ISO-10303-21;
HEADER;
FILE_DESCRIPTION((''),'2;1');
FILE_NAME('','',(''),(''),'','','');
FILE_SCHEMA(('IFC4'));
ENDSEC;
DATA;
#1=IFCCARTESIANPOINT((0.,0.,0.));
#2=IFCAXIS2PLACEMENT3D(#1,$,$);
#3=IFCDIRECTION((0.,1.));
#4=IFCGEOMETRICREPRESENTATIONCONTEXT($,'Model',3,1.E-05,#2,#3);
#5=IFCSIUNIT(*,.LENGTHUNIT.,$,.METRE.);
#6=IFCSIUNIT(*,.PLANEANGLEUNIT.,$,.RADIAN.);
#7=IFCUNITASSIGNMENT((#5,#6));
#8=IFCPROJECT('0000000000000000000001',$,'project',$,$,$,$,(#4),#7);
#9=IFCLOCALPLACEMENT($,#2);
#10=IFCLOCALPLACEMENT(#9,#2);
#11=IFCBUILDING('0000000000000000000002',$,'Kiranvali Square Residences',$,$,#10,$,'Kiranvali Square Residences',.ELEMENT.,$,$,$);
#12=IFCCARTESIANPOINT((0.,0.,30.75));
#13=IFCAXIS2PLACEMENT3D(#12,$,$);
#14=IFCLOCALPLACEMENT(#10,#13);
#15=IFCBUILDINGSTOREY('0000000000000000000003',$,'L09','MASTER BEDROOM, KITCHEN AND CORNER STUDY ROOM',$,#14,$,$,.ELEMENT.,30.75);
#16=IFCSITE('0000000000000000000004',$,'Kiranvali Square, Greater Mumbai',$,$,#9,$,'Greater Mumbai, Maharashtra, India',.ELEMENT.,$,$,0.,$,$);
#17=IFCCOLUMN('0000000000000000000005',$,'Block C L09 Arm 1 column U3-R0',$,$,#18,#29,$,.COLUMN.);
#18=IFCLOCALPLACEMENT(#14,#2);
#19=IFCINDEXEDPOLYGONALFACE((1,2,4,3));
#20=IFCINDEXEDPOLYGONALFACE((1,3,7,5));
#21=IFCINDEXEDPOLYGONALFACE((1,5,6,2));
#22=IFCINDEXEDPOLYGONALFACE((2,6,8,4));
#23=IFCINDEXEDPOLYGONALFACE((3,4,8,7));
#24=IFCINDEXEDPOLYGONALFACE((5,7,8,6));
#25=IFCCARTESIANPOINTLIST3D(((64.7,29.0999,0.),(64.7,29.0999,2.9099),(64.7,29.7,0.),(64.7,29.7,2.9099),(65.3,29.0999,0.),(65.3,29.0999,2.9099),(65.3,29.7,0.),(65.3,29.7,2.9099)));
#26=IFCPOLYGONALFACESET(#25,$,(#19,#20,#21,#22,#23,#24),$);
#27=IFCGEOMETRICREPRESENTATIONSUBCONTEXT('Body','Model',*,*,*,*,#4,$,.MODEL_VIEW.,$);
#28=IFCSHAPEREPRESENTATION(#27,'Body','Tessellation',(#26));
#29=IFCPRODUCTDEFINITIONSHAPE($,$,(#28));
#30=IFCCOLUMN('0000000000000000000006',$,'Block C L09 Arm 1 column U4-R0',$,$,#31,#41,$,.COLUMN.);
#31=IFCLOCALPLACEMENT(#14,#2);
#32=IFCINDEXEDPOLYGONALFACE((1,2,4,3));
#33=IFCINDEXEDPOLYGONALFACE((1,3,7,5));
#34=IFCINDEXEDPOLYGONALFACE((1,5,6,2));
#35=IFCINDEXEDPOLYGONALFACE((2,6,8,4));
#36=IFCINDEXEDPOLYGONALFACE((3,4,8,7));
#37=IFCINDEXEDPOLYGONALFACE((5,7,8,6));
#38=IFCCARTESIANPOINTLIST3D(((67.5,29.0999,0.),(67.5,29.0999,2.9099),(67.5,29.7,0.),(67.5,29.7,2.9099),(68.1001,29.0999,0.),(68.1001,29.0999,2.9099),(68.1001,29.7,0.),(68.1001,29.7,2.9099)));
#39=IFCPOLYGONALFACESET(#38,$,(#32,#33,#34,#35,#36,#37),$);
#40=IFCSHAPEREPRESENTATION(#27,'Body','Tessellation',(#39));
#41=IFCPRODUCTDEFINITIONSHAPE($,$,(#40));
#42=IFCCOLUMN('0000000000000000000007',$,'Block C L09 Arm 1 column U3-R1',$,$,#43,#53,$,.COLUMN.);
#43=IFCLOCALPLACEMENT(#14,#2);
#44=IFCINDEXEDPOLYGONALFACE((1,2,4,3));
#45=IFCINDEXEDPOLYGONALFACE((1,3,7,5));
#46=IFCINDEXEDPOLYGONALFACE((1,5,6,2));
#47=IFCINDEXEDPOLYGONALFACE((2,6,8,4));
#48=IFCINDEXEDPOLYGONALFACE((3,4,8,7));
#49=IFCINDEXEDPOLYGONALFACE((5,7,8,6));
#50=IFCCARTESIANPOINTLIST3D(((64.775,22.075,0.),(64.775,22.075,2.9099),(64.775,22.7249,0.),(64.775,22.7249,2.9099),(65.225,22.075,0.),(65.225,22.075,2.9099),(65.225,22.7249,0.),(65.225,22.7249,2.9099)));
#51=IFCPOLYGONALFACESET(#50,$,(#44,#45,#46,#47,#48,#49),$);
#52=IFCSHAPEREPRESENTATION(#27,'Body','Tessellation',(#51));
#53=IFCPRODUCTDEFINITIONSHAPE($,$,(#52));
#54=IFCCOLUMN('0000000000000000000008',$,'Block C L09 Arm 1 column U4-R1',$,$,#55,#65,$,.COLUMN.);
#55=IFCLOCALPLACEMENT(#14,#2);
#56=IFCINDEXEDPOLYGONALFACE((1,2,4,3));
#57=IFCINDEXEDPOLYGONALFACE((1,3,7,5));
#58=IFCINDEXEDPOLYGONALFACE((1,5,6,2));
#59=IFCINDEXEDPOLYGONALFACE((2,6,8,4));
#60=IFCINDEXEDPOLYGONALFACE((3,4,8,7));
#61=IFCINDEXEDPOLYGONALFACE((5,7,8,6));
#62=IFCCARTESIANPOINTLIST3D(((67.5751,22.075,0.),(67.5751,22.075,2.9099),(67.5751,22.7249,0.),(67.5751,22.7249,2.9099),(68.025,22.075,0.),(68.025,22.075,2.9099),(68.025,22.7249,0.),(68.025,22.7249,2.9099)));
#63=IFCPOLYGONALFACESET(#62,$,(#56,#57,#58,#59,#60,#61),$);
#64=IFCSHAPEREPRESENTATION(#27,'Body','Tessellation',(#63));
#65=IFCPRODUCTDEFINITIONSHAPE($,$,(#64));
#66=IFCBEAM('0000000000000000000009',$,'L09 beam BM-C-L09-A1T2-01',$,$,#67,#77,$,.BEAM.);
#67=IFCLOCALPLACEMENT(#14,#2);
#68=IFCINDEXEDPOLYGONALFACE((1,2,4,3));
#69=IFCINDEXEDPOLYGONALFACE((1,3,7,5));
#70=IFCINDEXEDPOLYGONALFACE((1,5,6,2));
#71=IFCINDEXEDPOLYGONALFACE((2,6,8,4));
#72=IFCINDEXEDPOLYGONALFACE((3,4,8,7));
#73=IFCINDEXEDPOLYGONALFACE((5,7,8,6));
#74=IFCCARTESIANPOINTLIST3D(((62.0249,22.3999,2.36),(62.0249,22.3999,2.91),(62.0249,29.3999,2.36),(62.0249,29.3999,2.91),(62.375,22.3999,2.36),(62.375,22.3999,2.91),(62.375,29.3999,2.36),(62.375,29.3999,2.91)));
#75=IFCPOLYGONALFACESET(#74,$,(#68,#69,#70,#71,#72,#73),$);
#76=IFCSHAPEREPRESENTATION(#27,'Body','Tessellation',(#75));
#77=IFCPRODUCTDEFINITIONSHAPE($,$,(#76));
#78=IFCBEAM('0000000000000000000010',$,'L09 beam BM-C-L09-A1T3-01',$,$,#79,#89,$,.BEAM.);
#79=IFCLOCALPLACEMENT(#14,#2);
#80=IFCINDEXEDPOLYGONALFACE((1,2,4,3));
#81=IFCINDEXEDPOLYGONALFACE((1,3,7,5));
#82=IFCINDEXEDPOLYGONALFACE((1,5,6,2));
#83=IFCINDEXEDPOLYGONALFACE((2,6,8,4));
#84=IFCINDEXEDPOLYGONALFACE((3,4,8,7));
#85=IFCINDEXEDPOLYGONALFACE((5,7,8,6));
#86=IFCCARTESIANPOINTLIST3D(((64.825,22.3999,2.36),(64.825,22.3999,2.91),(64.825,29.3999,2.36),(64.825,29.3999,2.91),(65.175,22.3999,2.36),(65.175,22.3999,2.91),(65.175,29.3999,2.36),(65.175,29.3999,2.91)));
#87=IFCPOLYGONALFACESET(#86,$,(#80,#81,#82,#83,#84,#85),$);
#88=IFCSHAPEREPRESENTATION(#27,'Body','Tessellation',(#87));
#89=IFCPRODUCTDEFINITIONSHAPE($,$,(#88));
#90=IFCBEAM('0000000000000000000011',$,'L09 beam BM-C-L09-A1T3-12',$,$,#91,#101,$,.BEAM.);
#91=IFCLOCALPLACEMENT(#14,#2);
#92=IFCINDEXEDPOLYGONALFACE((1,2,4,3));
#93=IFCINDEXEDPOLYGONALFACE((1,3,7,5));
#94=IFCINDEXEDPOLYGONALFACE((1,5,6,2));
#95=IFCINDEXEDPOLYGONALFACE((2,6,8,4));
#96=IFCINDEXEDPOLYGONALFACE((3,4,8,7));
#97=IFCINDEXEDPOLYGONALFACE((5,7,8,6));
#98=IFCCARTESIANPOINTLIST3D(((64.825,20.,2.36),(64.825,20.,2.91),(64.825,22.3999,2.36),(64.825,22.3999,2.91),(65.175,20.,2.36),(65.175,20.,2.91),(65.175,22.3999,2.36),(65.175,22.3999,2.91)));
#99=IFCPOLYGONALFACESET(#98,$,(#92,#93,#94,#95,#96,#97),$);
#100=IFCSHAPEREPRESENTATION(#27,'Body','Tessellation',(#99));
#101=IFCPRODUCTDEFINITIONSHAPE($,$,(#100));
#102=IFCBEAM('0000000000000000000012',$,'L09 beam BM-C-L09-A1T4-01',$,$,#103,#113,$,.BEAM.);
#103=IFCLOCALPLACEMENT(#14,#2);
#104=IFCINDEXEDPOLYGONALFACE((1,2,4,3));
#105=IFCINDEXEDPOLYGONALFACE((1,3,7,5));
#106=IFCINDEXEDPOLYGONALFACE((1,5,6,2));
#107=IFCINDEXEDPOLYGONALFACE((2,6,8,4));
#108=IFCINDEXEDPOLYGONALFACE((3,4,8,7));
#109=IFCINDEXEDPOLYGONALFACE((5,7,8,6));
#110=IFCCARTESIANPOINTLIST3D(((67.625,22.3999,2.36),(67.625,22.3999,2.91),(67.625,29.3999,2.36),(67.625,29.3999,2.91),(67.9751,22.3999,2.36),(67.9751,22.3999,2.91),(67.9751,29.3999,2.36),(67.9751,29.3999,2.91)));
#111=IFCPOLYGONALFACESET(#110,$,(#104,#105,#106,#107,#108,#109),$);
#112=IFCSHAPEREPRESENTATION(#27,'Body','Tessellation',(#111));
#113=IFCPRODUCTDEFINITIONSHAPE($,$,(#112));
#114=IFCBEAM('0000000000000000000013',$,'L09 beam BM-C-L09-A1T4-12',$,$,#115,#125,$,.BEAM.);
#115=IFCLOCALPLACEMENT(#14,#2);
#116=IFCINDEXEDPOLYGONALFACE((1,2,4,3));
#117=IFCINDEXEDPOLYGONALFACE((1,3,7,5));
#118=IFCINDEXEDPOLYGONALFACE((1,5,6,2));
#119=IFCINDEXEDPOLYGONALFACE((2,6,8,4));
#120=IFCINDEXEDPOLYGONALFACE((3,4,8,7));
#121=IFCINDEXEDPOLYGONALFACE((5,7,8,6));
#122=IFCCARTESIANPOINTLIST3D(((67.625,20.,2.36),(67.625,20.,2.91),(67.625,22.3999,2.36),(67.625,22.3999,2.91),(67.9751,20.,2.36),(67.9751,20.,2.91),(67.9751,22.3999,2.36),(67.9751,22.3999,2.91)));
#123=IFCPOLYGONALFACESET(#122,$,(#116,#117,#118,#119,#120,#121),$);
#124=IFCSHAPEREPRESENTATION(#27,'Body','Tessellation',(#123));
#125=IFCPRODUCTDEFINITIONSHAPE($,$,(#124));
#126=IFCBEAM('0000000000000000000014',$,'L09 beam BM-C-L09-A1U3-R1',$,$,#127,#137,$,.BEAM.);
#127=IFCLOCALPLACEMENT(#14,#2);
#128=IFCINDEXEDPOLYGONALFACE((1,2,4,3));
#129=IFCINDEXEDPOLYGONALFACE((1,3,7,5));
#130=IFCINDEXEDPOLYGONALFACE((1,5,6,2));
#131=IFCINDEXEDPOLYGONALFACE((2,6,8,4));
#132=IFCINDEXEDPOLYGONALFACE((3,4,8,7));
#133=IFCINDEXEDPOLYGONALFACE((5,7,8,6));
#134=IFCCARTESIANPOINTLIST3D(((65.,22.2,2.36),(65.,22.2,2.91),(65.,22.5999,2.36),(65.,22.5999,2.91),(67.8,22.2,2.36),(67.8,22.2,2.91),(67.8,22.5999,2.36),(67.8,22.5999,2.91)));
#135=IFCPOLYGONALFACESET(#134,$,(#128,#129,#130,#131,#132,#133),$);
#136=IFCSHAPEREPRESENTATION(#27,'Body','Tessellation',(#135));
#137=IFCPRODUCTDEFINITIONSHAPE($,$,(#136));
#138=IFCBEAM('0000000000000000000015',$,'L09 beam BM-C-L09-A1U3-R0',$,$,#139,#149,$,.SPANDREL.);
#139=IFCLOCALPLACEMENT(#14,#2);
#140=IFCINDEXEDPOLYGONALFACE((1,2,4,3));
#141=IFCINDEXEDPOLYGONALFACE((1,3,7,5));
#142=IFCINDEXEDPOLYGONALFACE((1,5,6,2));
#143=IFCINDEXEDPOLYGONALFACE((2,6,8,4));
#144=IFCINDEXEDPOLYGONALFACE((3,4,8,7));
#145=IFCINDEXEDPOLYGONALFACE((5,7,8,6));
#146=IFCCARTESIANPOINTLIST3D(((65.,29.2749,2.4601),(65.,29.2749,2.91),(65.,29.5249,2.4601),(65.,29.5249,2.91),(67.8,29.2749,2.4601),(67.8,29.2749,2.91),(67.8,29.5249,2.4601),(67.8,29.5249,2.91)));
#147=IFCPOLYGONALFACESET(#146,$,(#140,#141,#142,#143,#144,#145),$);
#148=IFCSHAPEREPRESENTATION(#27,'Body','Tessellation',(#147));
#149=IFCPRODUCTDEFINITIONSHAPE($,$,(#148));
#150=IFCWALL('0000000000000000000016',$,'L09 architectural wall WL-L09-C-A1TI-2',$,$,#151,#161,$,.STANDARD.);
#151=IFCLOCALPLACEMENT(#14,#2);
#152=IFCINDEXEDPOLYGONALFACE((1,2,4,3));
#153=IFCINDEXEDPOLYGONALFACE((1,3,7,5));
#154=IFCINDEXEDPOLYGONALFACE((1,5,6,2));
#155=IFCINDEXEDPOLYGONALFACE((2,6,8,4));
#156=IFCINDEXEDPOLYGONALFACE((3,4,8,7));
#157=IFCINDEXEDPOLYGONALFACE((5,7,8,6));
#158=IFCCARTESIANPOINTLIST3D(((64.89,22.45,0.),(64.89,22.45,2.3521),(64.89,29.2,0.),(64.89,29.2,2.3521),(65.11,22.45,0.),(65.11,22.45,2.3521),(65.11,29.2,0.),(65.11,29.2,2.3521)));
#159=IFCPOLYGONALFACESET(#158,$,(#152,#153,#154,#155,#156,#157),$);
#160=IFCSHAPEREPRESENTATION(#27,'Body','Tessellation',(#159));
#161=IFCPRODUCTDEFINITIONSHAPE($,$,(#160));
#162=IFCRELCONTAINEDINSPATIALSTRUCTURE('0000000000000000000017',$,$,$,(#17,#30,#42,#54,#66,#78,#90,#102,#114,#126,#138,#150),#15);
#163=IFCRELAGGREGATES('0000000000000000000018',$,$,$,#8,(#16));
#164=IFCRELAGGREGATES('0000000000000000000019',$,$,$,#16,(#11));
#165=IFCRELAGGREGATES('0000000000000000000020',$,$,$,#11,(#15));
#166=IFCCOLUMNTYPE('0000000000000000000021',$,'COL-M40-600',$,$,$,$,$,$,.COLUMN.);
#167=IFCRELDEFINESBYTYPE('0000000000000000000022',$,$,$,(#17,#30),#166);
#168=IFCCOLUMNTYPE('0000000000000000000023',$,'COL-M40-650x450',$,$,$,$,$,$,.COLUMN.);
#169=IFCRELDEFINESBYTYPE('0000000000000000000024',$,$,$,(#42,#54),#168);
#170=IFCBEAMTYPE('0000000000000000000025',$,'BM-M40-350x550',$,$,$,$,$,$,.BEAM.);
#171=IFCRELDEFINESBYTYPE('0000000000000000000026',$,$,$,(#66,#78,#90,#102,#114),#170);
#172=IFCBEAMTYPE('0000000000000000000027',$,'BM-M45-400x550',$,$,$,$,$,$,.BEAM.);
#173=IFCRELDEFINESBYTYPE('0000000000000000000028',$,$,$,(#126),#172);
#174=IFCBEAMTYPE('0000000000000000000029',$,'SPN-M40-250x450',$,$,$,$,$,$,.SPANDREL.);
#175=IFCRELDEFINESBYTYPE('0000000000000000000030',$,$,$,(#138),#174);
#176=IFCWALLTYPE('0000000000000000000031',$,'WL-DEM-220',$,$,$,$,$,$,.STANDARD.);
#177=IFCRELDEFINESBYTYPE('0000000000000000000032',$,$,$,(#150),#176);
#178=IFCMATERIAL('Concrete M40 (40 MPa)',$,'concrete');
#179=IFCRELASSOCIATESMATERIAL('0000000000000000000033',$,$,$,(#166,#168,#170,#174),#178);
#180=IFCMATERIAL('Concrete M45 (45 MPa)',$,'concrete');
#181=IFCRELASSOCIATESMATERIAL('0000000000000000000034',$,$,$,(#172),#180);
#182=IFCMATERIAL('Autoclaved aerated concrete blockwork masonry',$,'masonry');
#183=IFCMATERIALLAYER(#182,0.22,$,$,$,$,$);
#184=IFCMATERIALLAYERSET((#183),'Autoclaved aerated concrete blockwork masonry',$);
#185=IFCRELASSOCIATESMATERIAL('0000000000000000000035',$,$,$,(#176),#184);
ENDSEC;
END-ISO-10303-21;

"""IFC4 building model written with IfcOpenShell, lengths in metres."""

from ifc_helpers import new_model, si_unit, direction, frame, frame_2d, origin, origin_2d, place, context, subcontext, project, spatial, rectangle, extrude, material, layer, layer_set, material_profile, profile_set, type_object, element, save


model = new_model("IFC4")

# Units and contexts
model_context = context("Model", 3, precision=1e-05, world=origin(), true_north=direction((0.0, 1.0)))
body_context = subcontext(model_context, "Body", "Model", "MODEL_VIEW")
ifc_project = project(units=[si_unit("LENGTHUNIT", "METRE"), si_unit("PLANEANGLEUNIT", "RADIAN")], contexts=[model_context])

# Site, building, storey
site_placement = place(None, origin())
site = spatial("IfcSite", under=ifc_project, at=site_placement, Name="Kiranvali Square, Greater Mumbai", LongName="Greater Mumbai, Maharashtra, India", CompositionType="ELEMENT", RefElevation=0.0)
building_placement = place(site_placement, origin())
building = spatial("IfcBuilding", under=site, at=building_placement, Name="Kiranvali Square Residences", LongName="Kiranvali Square Residences", CompositionType="ELEMENT")
storey_placement = place(building_placement, frame((0.0, 0.0, 30.75)))
storey = spatial("IfcBuildingStorey", under=building, at=storey_placement, Name="L09", Description="MASTER BEDROOM, KITCHEN AND CORNER STUDY ROOM", CompositionType="ELEMENT", Elevation=30.75)

# Columns
ifc_material_1 = material(Name="Concrete M40 (40 MPa)", Category="concrete")
ifc_material_profile_1 = material_profile(ifc_material_1, rectangle(XDim=0.6001, YDim=0.6001, at=origin_2d()), Name="RC 600x600")
ifc_profile_set_1 = profile_set([ifc_material_profile_1], Name="Concrete M40 (40 MPa)")
column_type_1 = type_object("IfcColumnType", Name="COL-M40-600", PredefinedType="COLUMN", material=ifc_profile_set_1)
for number, where, z_axis, x_axis, name in (
    (1, (65.0, 29.3999, 0.0), (0.0, 0.0, 1.0), (1.0, 0.0, 0.0), "Block C L09 Arm 1 column U3-R0"),
    (2, (67.8, 29.3999, 0.0), (0.0, 0.0, 1.0), (1.0, 0.0, 0.0), "Block C L09 Arm 1 column U4-R0"),
):
    element("IfcColumn", number, at=place(storey_placement, frame(where, z_axis=z_axis, x_axis=x_axis)), inside=storey, type_object=column_type_1, Name=name, PredefinedType="COLUMN", context=body_context, shape_type="SweptSolid", body=[
        extrude(rectangle(XDim=0.6001, YDim=0.6001, at=origin_2d()), origin(), (0.0, 0.0, 1.0), 2.9099),
    ])
ifc_material_profile_2 = material_profile(ifc_material_1, rectangle(XDim=0.45, YDim=0.6499, at=origin_2d()), Name="RC 650x450")
ifc_profile_set_2 = profile_set([ifc_material_profile_2], Name="Concrete M40 (40 MPa)")
column_type_2 = type_object("IfcColumnType", Name="COL-M40-650x450", PredefinedType="COLUMN", material=ifc_profile_set_2)
for number, where, z_axis, x_axis, name in (
    (3, (65.0, 22.3999, 0.0), (0.0, 0.0, 1.0), (1.0, 0.0, 0.0), "Block C L09 Arm 1 column U3-R1"),
    (4, (67.8, 22.3999, 0.0), (0.0, 0.0, 1.0), (1.0, 0.0, 0.0), "Block C L09 Arm 1 column U4-R1"),
):
    element("IfcColumn", number, at=place(storey_placement, frame(where, z_axis=z_axis, x_axis=x_axis)), inside=storey, type_object=column_type_2, Name=name, PredefinedType="COLUMN", context=body_context, shape_type="SweptSolid", body=[
        extrude(rectangle(XDim=0.45, YDim=0.6499, at=origin_2d()), origin(), (0.0, 0.0, 1.0), 2.9099),
    ])

# Beams
ifc_material_profile_3 = material_profile(ifc_material_1, rectangle(XDim=0.3501, YDim=0.55, at=origin_2d()), Name="RC 350x550")
ifc_profile_set_3 = profile_set([ifc_material_profile_3], Name="Concrete M40 (40 MPa)")
beam_type_1 = type_object("IfcBeamType", Name="BM-M40-350x550", PredefinedType="BEAM", material=ifc_profile_set_3)
for number, where, z_axis, x_axis, name in (
    (5, (62.2, 29.3999, 2.635), (0.0, -1.0, 0.0), (1.0, 0.0, 0.0), "L09 beam BM-C-L09-A1T2-01"),
    (6, (65.0, 29.3999, 2.635), (0.0, -1.0, 0.0), (1.0, 0.0, 0.0), "L09 beam BM-C-L09-A1T3-01"),
):
    element("IfcBeam", number, at=place(storey_placement, frame(where, z_axis=z_axis, x_axis=x_axis)), inside=storey, type_object=beam_type_1, Name=name, PredefinedType="BEAM", context=body_context, shape_type="SweptSolid", body=[
        extrude(rectangle(XDim=0.3501, YDim=0.55, at=origin_2d()), origin(), (0.0, 0.0, 1.0), 7.0),
    ])
beam_1_placement = place(storey_placement, frame((65.0, 22.3999, 2.635), z_axis=(0.0, -1.0, 0.0), x_axis=(1.0, 0.0, 0.0)))
element("IfcBeam", 7, at=beam_1_placement, inside=storey, type_object=beam_type_1, Name="L09 beam BM-C-L09-A1T3-12", PredefinedType="BEAM", context=body_context, shape_type="SweptSolid", body=[
    extrude(rectangle(XDim=0.3501, YDim=0.55, at=origin_2d()), origin(), (0.0, 0.0, 1.0), 2.3999),
])
beam_2_placement = place(storey_placement, frame((67.8, 29.3999, 2.635), z_axis=(0.0, -1.0, 0.0), x_axis=(1.0, 0.0, 0.0)))
element("IfcBeam", 8, at=beam_2_placement, inside=storey, type_object=beam_type_1, Name="L09 beam BM-C-L09-A1T4-01", PredefinedType="BEAM", context=body_context, shape_type="SweptSolid", body=[
    extrude(rectangle(XDim=0.3501, YDim=0.55, at=origin_2d()), origin(), (0.0, 0.0, 1.0), 7.0),
])
beam_3_placement = place(storey_placement, frame((67.8, 22.3999, 2.635), z_axis=(0.0, -1.0, 0.0), x_axis=(1.0, 0.0, 0.0)))
element("IfcBeam", 9, at=beam_3_placement, inside=storey, type_object=beam_type_1, Name="L09 beam BM-C-L09-A1T4-12", PredefinedType="BEAM", context=body_context, shape_type="SweptSolid", body=[
    extrude(rectangle(XDim=0.3501, YDim=0.55, at=origin_2d()), origin(), (0.0, 0.0, 1.0), 2.3999),
])
ifc_material_2 = material(Name="Concrete M45 (45 MPa)", Category="concrete")
ifc_material_profile_4 = material_profile(ifc_material_2, rectangle(XDim=0.3999, YDim=0.55, at=origin_2d()), Name="RC 400x550")
ifc_profile_set_4 = profile_set([ifc_material_profile_4], Name="Concrete M45 (45 MPa)")
beam_type_2 = type_object("IfcBeamType", Name="BM-M45-400x550", PredefinedType="BEAM", material=ifc_profile_set_4)
beam_4_placement = place(storey_placement, frame((65.0, 22.3999, 2.635), z_axis=(1.0, 0.0, 0.0), x_axis=(0.0, 1.0, 0.0)))
element("IfcBeam", 10, at=beam_4_placement, inside=storey, type_object=beam_type_2, Name="L09 beam BM-C-L09-A1U3-R1", PredefinedType="BEAM", context=body_context, shape_type="SweptSolid", body=[
    extrude(rectangle(XDim=0.3999, YDim=0.55, at=origin_2d()), origin(), (0.0, 0.0, 1.0), 2.8),
])
ifc_material_profile_5 = material_profile(ifc_material_1, rectangle(XDim=0.25, YDim=0.45, at=origin_2d()), Name="RC 250x450")
ifc_profile_set_5 = profile_set([ifc_material_profile_5], Name="Concrete M40 (40 MPa)")
beam_type_3 = type_object("IfcBeamType", Name="SPN-M40-250x450", PredefinedType="SPANDREL", material=ifc_profile_set_5)
beam_5_placement = place(storey_placement, frame((65.0, 29.3999, 2.6851), z_axis=(1.0, 0.0, 0.0), x_axis=(0.0, 1.0, 0.0)))
element("IfcBeam", 11, at=beam_5_placement, inside=storey, type_object=beam_type_3, Name="L09 beam BM-C-L09-A1U3-R0", PredefinedType="SPANDREL", context=body_context, shape_type="SweptSolid", body=[
    extrude(rectangle(XDim=0.25, YDim=0.45, at=origin_2d()), origin(), (0.0, 0.0, 1.0), 2.8),
])

# Shared definitions
ifc_material_3 = material(Name="Autoclaved aerated concrete blockwork masonry", Category="masonry")

# Wall
ifc_layer_1 = layer(ifc_material_3, 0.22)
ifc_layer_set_1 = layer_set([ifc_layer_1], Name="Autoclaved aerated concrete blockwork masonry")
wall_type_1 = type_object("IfcWallType", Name="WL-DEM-220", PredefinedType="STANDARD", material=ifc_layer_set_1)
wall_1_placement = place(storey_placement, frame((65.0, 29.2, 0.0), z_axis=(0.0, 0.0, 1.0), x_axis=(0.0, -1.0, 0.0)))
element("IfcWall", 12, at=wall_1_placement, inside=storey, type_object=wall_type_1, Name="L09 architectural wall WL-L09-C-A1TI-2", PredefinedType="STANDARD", context=body_context, shape_type="SweptSolid", body=[
    extrude(rectangle(XDim=6.75, YDim=0.22, at=frame_2d((3.375, 0.0))), origin(), (0.0, 0.0, 1.0), 2.3521),
])

save(model, "model.ifc")
